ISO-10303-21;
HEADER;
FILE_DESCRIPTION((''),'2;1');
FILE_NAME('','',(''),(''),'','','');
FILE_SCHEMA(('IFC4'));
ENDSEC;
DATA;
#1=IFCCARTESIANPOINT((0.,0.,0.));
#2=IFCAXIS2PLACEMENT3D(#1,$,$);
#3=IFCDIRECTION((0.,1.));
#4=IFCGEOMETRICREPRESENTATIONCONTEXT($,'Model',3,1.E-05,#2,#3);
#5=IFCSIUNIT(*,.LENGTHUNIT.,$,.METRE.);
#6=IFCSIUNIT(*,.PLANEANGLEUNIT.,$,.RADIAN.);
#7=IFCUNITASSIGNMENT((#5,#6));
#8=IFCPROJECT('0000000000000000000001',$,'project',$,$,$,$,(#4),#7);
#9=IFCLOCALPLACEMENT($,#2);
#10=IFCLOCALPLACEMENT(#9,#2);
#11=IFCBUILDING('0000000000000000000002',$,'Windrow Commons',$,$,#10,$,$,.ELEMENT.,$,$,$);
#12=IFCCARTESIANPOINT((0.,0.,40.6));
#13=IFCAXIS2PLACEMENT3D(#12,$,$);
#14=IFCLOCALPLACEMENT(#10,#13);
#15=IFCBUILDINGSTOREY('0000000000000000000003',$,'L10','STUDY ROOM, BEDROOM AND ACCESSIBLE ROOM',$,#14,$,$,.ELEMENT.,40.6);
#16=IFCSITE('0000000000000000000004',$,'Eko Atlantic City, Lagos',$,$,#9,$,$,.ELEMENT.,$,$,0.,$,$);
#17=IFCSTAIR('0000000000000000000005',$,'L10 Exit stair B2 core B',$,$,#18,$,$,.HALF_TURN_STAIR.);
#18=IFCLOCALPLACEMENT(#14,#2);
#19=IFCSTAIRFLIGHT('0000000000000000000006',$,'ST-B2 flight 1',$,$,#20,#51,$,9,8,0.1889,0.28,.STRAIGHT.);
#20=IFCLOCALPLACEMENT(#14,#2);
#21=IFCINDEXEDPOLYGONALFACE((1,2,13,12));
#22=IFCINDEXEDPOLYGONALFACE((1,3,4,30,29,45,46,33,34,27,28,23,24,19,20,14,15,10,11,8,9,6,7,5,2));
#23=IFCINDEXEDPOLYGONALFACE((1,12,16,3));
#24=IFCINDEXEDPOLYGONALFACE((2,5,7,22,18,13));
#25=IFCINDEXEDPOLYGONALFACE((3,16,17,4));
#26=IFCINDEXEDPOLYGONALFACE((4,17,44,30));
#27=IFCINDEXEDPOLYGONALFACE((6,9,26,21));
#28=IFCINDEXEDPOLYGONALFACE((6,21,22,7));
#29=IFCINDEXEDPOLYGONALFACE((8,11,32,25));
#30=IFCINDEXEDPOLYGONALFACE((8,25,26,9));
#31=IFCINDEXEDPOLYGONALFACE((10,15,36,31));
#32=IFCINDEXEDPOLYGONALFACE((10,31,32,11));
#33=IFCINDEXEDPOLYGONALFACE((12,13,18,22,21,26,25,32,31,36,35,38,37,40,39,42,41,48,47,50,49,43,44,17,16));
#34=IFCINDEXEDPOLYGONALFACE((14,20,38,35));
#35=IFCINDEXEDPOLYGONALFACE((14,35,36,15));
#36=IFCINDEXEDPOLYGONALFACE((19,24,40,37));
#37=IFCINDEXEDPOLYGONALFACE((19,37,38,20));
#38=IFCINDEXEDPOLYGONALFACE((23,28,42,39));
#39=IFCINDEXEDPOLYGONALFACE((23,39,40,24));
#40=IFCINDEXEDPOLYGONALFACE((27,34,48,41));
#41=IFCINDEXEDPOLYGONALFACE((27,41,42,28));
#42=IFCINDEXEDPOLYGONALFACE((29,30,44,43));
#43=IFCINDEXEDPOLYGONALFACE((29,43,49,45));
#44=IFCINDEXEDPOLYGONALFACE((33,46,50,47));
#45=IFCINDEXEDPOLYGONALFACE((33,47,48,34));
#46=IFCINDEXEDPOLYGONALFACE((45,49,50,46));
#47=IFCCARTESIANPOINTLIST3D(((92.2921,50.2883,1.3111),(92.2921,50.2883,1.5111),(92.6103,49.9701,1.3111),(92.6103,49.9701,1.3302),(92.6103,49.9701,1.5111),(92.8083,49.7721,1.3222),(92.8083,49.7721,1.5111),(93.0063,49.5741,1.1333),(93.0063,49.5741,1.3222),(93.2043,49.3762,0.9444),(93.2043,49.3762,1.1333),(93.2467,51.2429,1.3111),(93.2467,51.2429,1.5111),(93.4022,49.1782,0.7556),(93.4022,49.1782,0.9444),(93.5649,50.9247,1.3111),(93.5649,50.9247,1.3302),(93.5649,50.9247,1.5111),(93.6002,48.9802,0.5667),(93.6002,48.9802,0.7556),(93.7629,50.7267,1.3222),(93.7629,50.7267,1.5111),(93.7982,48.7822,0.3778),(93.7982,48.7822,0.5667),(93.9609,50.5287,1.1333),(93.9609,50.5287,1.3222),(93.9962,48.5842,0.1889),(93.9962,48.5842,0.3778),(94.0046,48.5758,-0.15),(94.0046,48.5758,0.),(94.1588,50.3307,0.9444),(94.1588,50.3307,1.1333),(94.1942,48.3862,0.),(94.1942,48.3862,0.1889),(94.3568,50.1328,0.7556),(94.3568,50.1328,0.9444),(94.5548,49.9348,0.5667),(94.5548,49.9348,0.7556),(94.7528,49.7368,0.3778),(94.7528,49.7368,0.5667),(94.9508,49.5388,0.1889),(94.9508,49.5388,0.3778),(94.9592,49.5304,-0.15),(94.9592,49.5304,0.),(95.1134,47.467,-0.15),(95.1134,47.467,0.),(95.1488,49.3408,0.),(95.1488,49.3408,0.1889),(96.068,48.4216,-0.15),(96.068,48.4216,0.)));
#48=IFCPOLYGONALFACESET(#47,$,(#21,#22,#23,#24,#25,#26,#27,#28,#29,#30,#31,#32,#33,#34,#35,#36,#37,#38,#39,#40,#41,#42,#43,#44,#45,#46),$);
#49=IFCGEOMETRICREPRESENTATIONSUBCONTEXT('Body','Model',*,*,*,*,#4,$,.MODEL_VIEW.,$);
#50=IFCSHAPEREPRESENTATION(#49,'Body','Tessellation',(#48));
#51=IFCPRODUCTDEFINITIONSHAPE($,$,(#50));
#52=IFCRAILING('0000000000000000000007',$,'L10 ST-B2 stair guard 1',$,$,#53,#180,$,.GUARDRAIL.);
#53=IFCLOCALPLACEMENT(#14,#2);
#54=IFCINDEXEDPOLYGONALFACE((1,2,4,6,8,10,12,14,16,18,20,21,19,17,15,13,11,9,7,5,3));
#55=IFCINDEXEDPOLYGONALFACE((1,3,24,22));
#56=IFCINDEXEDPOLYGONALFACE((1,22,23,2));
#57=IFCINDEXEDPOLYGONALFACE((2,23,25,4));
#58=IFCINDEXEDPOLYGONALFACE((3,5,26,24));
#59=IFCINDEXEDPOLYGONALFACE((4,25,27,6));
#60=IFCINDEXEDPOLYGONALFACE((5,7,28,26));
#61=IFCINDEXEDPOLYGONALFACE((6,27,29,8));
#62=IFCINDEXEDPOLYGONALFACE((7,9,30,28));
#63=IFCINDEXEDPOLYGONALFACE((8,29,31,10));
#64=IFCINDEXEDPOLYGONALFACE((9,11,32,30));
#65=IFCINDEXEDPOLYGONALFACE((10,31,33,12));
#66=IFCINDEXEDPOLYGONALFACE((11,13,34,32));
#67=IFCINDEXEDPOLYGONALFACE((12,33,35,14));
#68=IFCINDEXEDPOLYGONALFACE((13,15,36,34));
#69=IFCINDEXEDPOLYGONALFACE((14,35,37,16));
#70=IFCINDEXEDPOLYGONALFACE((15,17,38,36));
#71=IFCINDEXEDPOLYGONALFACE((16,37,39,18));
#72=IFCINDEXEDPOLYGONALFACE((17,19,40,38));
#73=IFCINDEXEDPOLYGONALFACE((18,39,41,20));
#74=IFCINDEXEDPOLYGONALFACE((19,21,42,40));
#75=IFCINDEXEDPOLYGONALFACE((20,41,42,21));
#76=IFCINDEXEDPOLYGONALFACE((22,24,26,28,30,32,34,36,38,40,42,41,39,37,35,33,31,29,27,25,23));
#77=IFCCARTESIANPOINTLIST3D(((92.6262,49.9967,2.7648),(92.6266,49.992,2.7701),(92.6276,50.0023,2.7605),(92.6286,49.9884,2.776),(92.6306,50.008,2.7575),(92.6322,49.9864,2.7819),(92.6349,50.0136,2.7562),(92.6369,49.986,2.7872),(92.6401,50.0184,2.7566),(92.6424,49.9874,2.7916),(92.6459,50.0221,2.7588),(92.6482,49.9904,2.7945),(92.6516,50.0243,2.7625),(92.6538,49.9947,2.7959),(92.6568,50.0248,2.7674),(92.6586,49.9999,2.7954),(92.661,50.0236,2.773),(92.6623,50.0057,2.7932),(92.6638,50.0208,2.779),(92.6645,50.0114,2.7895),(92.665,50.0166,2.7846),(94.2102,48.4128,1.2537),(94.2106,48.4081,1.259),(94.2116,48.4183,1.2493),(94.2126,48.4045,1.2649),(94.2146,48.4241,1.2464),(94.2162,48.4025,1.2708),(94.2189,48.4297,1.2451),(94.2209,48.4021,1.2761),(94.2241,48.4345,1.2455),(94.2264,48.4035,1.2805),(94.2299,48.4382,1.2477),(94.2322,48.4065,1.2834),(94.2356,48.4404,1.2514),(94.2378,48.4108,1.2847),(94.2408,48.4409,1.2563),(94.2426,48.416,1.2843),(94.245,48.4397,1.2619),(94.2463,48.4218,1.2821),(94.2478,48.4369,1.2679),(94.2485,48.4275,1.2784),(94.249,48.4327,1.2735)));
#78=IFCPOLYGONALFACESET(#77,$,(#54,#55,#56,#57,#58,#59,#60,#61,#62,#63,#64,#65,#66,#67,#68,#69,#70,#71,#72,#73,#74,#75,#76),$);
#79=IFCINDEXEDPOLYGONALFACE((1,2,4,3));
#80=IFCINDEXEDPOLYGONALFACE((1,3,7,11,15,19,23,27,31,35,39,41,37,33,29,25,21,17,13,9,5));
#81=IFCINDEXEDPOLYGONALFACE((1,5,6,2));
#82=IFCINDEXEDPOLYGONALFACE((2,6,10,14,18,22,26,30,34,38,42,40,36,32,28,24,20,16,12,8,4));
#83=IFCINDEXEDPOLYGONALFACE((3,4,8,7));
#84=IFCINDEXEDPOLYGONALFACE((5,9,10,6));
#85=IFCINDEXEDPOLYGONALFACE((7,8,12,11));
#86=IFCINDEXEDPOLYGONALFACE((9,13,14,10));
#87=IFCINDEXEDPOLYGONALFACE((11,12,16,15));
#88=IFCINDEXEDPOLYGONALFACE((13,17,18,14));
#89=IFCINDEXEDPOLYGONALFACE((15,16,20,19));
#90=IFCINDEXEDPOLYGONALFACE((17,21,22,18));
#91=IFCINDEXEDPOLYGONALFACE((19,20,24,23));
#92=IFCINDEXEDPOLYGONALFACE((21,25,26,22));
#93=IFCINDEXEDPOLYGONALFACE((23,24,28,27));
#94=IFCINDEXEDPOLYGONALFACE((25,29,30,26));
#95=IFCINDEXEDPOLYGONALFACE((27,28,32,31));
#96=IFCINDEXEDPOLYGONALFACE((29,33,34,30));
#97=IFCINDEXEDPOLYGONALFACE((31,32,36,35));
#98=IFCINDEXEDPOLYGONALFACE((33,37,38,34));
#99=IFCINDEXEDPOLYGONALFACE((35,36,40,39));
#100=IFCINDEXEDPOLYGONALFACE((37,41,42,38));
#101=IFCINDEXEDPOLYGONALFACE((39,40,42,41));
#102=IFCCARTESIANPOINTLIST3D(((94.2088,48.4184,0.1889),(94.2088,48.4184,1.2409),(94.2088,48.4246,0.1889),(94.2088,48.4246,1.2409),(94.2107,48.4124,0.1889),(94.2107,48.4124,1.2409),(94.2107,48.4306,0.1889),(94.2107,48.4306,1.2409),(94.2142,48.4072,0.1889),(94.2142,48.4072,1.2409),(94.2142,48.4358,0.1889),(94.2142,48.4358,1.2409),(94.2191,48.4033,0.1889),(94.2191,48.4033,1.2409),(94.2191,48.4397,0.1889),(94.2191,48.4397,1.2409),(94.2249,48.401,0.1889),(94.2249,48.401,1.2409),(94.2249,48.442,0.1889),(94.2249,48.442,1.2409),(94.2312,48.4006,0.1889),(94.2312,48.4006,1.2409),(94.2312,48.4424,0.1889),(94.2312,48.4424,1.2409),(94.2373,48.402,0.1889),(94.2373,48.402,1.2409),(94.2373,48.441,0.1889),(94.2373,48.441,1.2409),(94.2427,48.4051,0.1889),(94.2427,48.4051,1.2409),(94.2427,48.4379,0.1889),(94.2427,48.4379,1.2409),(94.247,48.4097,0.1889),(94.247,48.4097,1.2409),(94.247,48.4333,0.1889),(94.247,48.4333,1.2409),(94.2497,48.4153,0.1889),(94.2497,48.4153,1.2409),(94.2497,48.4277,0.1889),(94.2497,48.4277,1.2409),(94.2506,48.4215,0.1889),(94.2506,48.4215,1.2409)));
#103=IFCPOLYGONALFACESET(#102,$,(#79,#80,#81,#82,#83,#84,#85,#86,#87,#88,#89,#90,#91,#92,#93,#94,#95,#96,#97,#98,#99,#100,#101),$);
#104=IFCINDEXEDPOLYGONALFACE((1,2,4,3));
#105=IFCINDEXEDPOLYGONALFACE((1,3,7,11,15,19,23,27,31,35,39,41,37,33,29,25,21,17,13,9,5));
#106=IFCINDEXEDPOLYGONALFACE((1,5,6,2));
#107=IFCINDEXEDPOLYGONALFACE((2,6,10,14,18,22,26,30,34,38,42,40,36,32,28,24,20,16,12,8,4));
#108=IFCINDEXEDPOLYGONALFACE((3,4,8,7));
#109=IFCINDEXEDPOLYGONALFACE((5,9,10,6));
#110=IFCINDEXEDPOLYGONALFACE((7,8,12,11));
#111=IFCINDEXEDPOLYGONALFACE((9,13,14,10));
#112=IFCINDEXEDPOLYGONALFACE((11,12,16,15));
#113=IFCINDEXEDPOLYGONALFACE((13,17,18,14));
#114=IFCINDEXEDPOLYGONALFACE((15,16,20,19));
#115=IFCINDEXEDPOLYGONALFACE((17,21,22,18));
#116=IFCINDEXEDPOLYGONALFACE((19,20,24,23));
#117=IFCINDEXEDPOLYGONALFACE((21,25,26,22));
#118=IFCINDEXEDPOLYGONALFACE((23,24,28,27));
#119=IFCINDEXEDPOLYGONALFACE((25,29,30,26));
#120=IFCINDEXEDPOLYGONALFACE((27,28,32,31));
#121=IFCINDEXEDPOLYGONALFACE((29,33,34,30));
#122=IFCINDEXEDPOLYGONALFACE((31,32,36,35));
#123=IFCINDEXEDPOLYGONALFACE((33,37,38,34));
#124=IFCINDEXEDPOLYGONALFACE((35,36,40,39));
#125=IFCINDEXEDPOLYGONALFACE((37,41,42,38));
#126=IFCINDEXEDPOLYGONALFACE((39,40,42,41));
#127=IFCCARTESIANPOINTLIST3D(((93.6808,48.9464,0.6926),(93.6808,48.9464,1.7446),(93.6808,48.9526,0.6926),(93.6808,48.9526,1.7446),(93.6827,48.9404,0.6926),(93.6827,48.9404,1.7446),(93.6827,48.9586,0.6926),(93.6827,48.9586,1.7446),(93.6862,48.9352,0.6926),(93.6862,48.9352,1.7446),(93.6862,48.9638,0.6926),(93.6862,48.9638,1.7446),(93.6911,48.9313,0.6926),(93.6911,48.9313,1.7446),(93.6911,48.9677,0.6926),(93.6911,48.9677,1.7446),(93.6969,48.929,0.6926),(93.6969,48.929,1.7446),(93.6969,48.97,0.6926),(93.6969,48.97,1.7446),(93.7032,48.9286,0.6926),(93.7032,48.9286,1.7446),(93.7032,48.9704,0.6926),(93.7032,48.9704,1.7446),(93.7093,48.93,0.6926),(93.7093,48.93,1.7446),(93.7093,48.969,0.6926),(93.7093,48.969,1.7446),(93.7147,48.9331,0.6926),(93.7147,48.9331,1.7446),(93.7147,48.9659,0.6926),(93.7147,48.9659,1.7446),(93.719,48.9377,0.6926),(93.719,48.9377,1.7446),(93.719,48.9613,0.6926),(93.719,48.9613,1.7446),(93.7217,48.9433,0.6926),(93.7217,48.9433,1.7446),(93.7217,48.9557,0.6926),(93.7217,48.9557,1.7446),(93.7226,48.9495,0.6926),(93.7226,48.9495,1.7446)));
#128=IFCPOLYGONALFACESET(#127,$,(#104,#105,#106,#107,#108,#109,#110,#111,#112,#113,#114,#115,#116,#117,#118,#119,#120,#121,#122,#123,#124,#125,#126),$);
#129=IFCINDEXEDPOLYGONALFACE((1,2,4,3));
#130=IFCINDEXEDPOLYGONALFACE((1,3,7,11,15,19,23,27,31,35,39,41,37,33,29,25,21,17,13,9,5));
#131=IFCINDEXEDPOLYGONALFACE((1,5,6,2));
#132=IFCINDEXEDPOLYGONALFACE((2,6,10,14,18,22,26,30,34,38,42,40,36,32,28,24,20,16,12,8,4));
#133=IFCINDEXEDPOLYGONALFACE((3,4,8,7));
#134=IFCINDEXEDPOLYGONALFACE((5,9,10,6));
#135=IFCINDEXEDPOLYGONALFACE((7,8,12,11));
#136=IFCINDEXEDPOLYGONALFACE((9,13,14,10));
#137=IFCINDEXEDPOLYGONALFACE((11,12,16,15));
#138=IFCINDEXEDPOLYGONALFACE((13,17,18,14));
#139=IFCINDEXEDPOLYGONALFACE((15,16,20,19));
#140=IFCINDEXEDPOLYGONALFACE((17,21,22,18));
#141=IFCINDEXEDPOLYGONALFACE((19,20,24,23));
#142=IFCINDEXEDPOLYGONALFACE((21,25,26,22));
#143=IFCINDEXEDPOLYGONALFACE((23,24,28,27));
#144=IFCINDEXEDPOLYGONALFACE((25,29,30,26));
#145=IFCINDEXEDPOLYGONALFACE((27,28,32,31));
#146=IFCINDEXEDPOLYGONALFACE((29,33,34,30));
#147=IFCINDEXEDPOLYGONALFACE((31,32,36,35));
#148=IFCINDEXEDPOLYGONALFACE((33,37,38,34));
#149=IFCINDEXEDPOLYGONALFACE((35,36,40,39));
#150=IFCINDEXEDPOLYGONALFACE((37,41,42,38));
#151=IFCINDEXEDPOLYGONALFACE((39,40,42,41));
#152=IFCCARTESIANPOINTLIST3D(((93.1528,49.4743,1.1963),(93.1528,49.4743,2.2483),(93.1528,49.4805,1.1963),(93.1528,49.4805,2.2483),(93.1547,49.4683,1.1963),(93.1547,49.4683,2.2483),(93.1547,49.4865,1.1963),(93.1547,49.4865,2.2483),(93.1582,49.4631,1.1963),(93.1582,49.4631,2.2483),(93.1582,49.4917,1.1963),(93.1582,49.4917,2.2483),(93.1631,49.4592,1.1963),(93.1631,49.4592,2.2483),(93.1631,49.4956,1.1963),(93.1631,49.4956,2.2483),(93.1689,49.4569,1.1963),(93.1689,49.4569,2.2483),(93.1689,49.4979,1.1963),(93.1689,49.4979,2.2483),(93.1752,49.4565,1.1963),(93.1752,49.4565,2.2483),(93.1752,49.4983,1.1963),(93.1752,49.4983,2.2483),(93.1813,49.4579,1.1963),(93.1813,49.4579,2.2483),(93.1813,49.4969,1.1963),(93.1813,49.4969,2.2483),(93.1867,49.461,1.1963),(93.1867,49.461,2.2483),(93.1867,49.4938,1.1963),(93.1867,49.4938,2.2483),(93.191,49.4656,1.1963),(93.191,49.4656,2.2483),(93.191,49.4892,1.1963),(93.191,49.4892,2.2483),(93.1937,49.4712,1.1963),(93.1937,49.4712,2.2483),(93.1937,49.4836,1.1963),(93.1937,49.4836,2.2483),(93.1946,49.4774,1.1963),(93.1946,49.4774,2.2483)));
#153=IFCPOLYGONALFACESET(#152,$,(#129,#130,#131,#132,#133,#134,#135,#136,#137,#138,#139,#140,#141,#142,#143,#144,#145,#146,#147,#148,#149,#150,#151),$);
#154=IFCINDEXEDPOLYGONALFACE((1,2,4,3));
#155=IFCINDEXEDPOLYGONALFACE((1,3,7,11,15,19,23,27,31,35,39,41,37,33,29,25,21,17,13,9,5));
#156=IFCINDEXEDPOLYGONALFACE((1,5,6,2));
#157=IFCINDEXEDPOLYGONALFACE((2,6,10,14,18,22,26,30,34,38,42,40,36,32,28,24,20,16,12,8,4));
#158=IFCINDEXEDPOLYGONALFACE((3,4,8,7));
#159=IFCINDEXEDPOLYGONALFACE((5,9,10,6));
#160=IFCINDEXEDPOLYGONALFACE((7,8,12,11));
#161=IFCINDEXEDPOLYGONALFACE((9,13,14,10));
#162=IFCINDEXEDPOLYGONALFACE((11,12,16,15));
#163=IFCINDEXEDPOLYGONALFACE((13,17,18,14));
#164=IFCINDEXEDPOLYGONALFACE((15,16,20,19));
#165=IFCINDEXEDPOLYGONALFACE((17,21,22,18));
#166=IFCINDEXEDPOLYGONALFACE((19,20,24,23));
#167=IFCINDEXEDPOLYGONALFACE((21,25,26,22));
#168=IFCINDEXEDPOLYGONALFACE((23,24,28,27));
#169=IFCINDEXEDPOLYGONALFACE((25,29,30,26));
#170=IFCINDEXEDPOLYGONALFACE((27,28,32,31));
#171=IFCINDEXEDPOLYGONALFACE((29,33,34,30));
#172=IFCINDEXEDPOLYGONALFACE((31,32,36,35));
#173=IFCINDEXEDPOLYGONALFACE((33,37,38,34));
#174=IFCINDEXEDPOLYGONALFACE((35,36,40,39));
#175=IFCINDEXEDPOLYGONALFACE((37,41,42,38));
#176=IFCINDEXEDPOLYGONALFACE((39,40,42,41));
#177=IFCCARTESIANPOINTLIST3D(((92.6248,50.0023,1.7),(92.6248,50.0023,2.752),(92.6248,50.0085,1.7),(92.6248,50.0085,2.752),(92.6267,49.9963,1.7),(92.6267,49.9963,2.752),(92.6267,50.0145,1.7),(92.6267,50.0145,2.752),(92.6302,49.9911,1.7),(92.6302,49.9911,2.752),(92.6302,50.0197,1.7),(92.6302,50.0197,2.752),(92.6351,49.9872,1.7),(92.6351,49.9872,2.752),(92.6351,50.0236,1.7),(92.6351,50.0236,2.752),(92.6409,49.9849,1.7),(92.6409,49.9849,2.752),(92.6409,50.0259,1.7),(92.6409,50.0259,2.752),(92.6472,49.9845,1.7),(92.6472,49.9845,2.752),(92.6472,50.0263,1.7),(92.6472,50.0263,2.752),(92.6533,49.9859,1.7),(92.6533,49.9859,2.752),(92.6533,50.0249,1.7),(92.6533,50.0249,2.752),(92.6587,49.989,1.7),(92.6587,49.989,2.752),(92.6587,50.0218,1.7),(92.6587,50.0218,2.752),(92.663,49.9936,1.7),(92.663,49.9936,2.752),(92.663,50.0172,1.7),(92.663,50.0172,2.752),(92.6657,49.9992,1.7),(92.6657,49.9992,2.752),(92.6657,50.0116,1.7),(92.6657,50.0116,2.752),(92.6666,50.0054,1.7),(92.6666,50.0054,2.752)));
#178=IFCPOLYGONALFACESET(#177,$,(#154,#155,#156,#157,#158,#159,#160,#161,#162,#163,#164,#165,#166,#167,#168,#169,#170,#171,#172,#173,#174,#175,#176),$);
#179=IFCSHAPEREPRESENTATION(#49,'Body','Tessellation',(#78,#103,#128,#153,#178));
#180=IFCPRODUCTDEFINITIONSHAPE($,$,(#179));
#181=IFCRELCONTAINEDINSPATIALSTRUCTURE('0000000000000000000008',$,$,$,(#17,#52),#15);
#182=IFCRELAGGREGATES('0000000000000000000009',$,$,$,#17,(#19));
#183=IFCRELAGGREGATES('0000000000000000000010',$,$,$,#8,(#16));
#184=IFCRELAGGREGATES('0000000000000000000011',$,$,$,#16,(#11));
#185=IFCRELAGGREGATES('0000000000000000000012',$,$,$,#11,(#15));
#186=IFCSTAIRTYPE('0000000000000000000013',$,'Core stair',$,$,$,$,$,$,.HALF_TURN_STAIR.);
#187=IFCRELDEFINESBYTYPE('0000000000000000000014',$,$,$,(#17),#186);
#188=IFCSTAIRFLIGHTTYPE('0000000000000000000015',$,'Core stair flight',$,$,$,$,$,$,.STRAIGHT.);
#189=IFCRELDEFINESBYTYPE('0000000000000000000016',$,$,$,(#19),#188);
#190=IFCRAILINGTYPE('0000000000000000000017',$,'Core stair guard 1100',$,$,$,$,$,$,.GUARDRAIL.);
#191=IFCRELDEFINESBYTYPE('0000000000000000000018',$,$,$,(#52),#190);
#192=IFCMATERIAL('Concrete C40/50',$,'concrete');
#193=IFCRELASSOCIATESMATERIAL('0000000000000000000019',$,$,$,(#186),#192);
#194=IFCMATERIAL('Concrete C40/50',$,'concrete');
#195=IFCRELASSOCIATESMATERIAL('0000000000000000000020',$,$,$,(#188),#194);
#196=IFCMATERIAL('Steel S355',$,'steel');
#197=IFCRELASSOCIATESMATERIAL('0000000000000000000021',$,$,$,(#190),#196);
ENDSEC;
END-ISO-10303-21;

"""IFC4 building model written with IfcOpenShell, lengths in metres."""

from ifc_helpers import new_model, si_unit, direction, frame, origin, origin_2d, place, context, subcontext, project, spatial, polyline, circle, outline, extrude, material, type_object, element, aggregate, save


model = new_model("IFC4")

# Units and contexts
model_context = context("Model", 3, precision=1e-05, world=origin(), true_north=direction((0.0, 1.0)))
body_context = subcontext(model_context, "Body", "Model", "MODEL_VIEW")
ifc_project = project(units=[si_unit("LENGTHUNIT", "METRE"), si_unit("PLANEANGLEUNIT", "RADIAN")], contexts=[model_context])

# Site, building, storey
site_placement = place(None, origin())
site = spatial("IfcSite", under=ifc_project, at=site_placement, Name="Eko Atlantic City, Lagos", CompositionType="ELEMENT", RefElevation=0.0)
building_placement = place(site_placement, origin())
building = spatial("IfcBuilding", under=site, at=building_placement, Name="Windrow Commons", CompositionType="ELEMENT")
storey_placement = place(building_placement, frame((0.0, 0.0, 40.6)))
storey = spatial("IfcBuildingStorey", under=building, at=storey_placement, Name="L10", Description="STUDY ROOM, BEDROOM AND ACCESSIBLE ROOM", CompositionType="ELEMENT", Elevation=40.6)

# Stair, stair flight
ifc_material_1 = material(Name="Concrete C40/50", Category="concrete")
stair_type = type_object("IfcStairType", Name="Core stair", PredefinedType="HALF_TURN_STAIR", material=ifc_material_1)
stair_placement = place(storey_placement, origin())
stair = element("IfcStair", 1, at=stair_placement, inside=storey, type_object=stair_type, Name="L10 Exit stair B2 core B", PredefinedType="HALF_TURN_STAIR")
ifc_material_2 = material(Name="Concrete C40/50", Category="concrete")
stair_flight_type = type_object("IfcStairFlightType", Name="Core stair flight", PredefinedType="STRAIGHT", material=ifc_material_2)
stair_flight_placement = place(storey_placement, frame((94.6715, 48.8635, 0.0), z_axis=(0.0, 0.0, 1.0), x_axis=(-0.707107, 0.707107, 0.0)))
stair_flight = element("IfcStairFlight", 2, at=stair_flight_placement, type_object=stair_flight_type, Name="ST-B2 flight 1", NumberOfRisers=9, NumberOfTreads=8, PredefinedType="STRAIGHT", RiserHeight=0.1889, TreadLength=0.28, context=body_context, shape_type="SweptSolid", body=[
    extrude(outline(polyline([(-1.3, -0.15), (-1.3, 0.0), (0.0, 0.0), (0.0, 0.1889), (0.28, 0.1889), (0.28, 0.3778), (0.56, 0.3778), (0.56, 0.5667), (0.84, 0.5667), (0.84, 0.7556), (1.12, 0.7556), (1.12, 0.9444), (1.4, 0.9444), (1.4, 1.1333), (1.68, 1.1333), (1.68, 1.3222), (1.96, 1.3222), (1.96, 1.5111), (2.24, 1.5111), (2.69, 1.5111), (2.69, 1.3111), (2.24, 1.3111), (2.24, 1.3302), (0.2682, 0.0), (0.2682, -0.15), (-1.3, -0.15)])), frame((0.0, 0.675, 0.0), z_axis=(0.0, -1.0, 0.0), x_axis=(1.0, 0.0, 0.0)), (0.0, 0.0, 1.0), 1.35),
])
aggregate(stair, [stair_flight])

# Railing
ifc_material_3 = material(Name="Steel S355", Category="steel")
railing_type_1 = type_object("IfcRailingType", Name="Core stair guard 1100", PredefinedType="GUARDRAIL", material=ifc_material_3)
railing_1_placement = place(storey_placement, frame((94.2296, 48.4215, 0.1889)))
element("IfcRailing", 3, at=railing_1_placement, inside=storey, type_object=railing_type_1, Name="L10 ST-B2 stair guard 1", PredefinedType="GUARDRAIL", context=body_context, shape_type="SweptSolid", body=[
    extrude(circle(Radius=0.024, at=origin_2d()), frame((0.0, 0.0, 1.076), z_axis=(-0.586216, 0.586179, 0.559237), x_axis=(-0.707084, -0.707129, 0.0)), (0.0, 0.0, 1.0), 2.7021),
    extrude(circle(Radius=0.021, at=origin_2d()), origin(), (0.0, 0.0, 1.0), 1.052),
    extrude(circle(Radius=0.021, at=origin_2d()), frame((-0.528, 0.528, 0.5037)), (0.0, 0.0, 1.0), 1.052),
    extrude(circle(Radius=0.021, at=origin_2d()), frame((-1.056, 1.0559, 1.0074)), (0.0, 0.0, 1.0), 1.052),
    extrude(circle(Radius=0.021, at=origin_2d()), frame((-1.584, 1.5839, 1.5111)), (0.0, 0.0, 1.0), 1.052),
])

save(model, "model.ifc")
